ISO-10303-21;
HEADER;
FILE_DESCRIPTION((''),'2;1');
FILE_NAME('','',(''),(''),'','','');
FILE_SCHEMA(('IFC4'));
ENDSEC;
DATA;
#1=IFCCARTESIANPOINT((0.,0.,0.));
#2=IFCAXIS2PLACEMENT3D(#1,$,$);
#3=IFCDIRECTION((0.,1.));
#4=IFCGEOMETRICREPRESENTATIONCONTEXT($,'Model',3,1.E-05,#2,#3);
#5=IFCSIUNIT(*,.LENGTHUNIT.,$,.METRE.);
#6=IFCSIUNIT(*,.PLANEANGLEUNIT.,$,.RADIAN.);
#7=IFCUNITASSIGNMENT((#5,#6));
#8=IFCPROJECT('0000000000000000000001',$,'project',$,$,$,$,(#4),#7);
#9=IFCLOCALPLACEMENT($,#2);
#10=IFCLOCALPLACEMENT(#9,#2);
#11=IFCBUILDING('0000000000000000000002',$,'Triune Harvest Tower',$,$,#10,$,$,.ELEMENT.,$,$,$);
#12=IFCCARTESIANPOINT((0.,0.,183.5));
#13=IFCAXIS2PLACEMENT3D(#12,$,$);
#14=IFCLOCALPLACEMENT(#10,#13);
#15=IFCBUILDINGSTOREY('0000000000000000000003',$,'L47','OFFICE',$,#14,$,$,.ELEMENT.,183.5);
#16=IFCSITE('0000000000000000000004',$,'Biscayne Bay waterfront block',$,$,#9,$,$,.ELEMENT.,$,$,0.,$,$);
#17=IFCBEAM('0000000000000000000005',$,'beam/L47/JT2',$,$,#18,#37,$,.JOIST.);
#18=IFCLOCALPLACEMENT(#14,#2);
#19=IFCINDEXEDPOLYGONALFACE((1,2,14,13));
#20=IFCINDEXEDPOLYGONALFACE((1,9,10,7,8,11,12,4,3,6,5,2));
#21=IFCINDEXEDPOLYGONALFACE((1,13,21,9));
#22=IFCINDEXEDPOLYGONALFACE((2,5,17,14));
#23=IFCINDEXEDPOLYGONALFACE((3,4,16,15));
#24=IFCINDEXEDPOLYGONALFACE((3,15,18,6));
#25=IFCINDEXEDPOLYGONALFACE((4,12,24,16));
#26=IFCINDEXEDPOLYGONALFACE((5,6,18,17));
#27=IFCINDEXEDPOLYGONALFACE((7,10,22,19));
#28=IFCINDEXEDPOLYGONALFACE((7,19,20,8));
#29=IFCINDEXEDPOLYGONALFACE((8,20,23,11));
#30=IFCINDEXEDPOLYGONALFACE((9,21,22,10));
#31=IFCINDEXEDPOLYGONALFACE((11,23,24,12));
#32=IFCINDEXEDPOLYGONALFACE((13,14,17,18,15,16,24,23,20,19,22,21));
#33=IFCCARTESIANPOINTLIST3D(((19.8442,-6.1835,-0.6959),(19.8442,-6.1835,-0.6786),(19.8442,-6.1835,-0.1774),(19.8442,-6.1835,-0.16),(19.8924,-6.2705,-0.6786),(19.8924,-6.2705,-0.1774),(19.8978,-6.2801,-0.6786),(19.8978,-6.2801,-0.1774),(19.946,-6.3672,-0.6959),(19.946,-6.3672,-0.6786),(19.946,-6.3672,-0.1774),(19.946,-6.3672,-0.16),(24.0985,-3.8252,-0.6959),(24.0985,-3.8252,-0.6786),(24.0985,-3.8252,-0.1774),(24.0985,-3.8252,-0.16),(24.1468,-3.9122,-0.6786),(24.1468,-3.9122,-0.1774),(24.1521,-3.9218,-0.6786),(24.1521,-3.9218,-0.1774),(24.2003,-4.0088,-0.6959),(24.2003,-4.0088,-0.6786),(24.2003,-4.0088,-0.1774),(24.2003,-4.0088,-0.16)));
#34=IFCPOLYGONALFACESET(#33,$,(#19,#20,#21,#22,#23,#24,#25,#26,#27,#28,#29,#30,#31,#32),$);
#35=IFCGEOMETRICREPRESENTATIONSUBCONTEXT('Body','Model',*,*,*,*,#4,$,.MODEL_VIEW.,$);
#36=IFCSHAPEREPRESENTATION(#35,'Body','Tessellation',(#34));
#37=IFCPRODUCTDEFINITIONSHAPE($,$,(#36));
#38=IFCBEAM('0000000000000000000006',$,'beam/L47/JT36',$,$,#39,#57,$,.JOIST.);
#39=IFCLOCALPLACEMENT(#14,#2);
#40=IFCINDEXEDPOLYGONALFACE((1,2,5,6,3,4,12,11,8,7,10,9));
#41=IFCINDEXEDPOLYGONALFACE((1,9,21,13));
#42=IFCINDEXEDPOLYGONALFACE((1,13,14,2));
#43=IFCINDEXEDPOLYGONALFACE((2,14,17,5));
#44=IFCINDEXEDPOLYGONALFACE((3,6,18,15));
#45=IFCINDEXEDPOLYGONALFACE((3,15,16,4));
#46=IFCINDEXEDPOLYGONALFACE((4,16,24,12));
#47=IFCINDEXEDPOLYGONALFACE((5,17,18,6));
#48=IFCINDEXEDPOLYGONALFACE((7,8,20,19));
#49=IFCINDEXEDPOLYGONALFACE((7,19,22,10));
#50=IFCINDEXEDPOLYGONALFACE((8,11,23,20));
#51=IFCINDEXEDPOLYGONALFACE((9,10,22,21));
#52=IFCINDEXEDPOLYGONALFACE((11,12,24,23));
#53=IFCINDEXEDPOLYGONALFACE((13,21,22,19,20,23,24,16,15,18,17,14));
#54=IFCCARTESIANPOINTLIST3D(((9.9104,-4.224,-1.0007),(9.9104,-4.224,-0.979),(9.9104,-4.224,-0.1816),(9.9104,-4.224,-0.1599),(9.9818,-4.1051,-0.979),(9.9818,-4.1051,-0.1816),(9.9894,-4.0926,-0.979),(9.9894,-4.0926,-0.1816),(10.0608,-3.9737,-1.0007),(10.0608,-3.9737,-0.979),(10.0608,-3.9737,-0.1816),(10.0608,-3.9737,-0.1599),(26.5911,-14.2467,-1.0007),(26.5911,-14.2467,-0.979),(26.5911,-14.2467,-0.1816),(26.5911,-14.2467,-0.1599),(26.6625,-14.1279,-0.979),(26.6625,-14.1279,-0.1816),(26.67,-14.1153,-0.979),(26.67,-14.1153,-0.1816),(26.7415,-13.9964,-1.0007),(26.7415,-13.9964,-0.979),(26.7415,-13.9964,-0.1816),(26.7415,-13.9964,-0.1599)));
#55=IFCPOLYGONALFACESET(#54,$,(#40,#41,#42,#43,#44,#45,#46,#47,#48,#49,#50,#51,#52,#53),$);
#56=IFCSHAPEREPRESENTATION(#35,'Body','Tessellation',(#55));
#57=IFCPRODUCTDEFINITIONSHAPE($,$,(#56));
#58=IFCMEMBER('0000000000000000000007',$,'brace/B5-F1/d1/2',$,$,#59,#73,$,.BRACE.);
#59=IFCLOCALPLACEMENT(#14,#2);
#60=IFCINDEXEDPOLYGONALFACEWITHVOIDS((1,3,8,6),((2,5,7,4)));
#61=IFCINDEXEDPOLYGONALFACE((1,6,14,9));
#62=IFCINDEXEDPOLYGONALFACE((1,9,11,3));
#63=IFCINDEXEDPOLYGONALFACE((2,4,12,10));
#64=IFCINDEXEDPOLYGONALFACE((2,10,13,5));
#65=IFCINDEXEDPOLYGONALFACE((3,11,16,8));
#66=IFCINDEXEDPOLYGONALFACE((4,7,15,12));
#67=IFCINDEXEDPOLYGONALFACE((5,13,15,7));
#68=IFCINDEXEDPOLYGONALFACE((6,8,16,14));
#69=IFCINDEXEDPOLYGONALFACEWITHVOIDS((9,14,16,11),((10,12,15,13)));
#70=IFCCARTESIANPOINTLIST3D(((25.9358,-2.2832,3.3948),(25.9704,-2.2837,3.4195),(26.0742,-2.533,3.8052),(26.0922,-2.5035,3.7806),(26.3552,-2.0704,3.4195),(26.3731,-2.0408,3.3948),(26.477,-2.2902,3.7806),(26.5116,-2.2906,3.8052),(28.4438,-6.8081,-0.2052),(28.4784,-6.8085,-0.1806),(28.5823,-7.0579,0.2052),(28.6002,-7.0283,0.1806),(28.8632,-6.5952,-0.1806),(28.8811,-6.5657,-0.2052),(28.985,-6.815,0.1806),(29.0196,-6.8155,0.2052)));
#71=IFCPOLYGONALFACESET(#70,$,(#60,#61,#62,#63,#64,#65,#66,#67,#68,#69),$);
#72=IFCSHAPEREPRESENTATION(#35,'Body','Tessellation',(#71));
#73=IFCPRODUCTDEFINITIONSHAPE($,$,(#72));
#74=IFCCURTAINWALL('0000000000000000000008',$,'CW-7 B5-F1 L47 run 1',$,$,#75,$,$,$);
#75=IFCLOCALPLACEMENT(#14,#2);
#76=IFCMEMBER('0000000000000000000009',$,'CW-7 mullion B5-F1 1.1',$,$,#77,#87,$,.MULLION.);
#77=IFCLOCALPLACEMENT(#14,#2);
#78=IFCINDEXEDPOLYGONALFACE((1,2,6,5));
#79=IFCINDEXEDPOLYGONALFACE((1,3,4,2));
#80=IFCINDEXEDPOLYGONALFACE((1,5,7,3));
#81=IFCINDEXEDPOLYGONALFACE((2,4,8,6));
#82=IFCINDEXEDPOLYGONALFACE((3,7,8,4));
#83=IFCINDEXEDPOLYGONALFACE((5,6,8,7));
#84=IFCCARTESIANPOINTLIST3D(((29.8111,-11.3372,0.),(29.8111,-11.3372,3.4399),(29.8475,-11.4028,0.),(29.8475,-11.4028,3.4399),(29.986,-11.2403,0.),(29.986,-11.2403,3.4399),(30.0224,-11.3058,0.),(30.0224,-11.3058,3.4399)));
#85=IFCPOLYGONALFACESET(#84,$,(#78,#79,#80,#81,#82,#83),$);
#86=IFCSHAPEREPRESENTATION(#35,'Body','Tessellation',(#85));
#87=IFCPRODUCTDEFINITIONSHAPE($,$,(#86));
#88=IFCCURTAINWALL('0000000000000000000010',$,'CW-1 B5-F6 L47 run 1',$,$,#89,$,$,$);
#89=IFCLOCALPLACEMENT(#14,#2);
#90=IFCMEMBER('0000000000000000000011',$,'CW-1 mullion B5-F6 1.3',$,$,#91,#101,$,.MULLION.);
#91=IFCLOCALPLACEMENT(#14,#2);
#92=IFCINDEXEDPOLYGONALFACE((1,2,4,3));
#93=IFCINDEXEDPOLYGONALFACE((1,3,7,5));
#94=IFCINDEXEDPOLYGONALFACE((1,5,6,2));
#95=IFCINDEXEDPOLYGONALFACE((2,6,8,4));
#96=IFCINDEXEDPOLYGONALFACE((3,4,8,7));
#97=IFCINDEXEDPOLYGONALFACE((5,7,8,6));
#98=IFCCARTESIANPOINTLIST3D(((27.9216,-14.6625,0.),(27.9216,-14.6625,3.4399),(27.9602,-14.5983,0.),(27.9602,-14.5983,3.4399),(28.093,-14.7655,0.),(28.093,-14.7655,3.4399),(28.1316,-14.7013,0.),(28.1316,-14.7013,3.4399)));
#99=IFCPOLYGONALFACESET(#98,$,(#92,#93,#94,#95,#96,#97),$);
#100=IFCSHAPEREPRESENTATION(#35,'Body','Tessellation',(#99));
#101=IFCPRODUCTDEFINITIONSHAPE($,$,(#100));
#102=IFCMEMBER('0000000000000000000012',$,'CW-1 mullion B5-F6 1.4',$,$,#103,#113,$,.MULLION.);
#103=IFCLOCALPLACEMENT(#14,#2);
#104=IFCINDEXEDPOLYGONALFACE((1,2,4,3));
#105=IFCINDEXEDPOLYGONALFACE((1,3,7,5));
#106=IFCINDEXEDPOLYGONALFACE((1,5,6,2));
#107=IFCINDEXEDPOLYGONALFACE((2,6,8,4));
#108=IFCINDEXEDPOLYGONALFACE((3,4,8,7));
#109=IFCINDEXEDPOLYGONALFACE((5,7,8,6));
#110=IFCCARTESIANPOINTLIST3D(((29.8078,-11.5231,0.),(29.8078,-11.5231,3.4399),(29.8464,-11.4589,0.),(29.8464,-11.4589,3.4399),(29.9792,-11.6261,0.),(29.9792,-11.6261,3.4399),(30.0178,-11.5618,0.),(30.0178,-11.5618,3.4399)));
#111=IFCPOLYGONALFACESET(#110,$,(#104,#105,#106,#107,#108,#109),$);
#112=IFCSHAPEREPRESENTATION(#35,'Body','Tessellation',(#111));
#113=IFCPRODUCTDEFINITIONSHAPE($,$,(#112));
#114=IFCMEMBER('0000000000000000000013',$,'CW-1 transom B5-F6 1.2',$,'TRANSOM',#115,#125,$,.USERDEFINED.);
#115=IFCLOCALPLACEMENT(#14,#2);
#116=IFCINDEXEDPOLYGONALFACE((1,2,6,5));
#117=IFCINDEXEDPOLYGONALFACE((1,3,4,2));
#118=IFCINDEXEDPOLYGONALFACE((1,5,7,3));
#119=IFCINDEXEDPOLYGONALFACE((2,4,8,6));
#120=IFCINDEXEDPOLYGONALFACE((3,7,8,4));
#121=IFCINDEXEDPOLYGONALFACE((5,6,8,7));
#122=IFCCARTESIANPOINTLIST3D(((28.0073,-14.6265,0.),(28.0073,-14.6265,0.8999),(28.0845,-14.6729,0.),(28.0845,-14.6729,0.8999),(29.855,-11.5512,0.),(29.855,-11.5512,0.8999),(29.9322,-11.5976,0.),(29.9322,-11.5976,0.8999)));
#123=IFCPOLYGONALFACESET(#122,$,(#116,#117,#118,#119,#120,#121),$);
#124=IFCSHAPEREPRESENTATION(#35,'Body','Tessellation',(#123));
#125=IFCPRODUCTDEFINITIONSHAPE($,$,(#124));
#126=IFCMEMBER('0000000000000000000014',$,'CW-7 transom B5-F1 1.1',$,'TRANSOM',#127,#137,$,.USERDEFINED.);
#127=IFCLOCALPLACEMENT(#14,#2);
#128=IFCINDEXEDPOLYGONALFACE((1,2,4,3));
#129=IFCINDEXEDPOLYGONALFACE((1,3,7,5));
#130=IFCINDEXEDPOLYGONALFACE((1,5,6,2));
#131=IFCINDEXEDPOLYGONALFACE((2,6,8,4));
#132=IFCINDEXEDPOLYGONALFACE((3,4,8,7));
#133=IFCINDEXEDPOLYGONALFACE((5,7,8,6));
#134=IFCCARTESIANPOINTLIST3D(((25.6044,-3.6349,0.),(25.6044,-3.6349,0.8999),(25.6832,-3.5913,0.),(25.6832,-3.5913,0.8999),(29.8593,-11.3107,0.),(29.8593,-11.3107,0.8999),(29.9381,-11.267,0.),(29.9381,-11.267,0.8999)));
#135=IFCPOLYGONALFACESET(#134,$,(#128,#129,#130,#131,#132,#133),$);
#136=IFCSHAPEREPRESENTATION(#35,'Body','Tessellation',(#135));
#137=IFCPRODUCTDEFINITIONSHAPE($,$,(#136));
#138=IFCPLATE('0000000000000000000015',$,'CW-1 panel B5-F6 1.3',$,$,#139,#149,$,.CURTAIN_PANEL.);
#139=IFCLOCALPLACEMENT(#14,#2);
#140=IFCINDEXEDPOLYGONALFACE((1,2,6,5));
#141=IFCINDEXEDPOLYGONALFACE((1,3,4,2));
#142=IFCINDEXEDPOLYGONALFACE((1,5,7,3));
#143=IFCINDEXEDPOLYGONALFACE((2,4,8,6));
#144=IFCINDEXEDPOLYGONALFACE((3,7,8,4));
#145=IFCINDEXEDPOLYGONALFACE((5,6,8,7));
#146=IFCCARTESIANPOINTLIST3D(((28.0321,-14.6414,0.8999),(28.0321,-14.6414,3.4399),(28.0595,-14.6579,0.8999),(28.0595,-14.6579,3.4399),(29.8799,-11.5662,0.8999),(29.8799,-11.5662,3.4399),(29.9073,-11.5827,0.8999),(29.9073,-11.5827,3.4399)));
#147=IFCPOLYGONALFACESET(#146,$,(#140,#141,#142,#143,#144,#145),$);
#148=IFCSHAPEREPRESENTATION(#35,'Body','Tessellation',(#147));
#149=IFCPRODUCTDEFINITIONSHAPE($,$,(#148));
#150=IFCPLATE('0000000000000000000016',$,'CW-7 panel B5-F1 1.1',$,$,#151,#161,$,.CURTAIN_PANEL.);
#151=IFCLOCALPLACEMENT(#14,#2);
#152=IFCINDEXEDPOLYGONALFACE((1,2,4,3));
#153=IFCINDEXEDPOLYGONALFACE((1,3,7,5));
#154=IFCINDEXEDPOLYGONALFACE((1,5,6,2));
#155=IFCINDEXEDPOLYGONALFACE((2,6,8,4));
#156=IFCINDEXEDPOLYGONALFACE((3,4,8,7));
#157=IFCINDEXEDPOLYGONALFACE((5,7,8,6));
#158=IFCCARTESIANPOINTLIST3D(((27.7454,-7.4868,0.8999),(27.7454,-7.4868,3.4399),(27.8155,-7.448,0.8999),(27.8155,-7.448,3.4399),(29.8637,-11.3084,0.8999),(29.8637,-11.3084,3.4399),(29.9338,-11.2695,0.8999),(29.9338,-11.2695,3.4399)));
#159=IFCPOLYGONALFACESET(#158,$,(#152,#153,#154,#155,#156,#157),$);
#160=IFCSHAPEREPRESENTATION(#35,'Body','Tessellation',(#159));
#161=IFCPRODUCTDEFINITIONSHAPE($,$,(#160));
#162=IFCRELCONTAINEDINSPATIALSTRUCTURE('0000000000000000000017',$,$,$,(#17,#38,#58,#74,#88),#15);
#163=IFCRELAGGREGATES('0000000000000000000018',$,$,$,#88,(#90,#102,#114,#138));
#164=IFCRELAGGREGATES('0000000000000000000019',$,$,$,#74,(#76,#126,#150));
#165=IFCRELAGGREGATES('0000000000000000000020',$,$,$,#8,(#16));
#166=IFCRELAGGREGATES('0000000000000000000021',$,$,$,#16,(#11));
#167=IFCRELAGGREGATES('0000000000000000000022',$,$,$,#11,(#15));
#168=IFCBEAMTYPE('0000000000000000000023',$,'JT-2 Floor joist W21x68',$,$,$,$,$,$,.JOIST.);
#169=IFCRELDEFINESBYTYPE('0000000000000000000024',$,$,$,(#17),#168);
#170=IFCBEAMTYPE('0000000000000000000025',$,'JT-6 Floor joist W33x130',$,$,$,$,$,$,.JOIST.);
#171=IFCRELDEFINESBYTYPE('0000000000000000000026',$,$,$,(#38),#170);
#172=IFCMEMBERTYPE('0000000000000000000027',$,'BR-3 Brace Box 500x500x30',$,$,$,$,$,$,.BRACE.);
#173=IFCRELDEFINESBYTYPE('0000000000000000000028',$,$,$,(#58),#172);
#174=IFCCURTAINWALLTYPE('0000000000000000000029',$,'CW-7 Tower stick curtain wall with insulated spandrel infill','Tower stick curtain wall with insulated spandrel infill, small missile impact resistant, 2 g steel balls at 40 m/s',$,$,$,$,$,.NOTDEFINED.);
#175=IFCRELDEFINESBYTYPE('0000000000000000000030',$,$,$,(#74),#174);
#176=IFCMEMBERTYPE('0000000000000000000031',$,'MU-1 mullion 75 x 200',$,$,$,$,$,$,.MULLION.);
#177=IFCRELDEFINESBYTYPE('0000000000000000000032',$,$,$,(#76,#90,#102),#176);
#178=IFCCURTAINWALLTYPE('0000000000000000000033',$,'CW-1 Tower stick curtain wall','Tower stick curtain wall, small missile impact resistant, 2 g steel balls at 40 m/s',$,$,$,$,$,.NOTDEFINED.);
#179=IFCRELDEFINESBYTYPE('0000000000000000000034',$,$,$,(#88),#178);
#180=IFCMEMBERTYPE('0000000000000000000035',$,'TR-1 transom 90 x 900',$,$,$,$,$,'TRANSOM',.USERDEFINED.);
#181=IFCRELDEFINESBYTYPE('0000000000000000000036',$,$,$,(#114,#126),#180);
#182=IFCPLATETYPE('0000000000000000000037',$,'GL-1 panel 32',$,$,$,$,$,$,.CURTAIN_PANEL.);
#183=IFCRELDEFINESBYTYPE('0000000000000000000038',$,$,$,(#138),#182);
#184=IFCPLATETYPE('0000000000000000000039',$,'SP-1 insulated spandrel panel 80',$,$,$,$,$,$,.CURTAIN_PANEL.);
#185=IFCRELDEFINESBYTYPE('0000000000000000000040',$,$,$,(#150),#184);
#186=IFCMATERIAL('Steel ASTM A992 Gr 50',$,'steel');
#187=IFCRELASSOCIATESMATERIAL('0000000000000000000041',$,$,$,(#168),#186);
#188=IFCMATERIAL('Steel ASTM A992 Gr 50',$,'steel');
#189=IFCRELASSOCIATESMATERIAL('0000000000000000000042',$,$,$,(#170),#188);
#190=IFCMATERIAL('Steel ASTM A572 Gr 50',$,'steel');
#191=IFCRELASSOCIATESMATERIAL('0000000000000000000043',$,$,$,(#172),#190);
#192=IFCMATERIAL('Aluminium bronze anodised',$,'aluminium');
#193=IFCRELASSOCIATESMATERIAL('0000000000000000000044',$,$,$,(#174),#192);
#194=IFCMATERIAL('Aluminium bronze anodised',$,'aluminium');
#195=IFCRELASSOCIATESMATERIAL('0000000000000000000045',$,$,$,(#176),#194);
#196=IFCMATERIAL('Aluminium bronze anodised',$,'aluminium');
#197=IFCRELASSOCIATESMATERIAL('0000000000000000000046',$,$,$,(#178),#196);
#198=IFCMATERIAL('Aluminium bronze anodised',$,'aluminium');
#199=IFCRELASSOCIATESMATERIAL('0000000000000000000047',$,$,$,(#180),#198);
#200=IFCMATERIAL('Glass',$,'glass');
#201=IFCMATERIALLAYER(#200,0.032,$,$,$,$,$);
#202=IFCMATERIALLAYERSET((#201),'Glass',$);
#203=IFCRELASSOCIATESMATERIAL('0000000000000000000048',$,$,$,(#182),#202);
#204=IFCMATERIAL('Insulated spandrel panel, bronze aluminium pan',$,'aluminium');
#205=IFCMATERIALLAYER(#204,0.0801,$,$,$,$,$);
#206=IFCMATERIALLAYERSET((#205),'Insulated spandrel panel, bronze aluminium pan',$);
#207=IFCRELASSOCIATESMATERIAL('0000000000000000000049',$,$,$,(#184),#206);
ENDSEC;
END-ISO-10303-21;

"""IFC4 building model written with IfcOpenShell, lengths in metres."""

from ifc_helpers import new_model, si_unit, direction, frame, origin, origin_2d, place, context, subcontext, project, spatial, rectangle, hollow_rectangle, i_section, extrude, source, transform, mapped, material, layer, layer_set, material_profile, profile_set, type_object, element, aggregate, save


model = new_model("IFC4")

# Units and contexts
model_context = context("Model", 3, precision=1e-05, world=origin(), true_north=direction((0.0, 1.0)))
body_context = subcontext(model_context, "Body", "Model", "MODEL_VIEW")
ifc_project = project(units=[si_unit("LENGTHUNIT", "METRE"), si_unit("PLANEANGLEUNIT", "RADIAN")], contexts=[model_context])

# Site, building, storey
site_placement = place(None, origin())
site = spatial("IfcSite", under=ifc_project, at=site_placement, Name="Biscayne Bay waterfront block", CompositionType="ELEMENT", RefElevation=0.0)
building_placement = place(site_placement, origin())
building = spatial("IfcBuilding", under=site, at=building_placement, Name="Triune Harvest Tower", CompositionType="ELEMENT")
storey_placement = place(building_placement, frame((0.0, 0.0, 183.5)))
storey = spatial("IfcBuildingStorey", under=building, at=storey_placement, Name="L47", Description="OFFICE", CompositionType="ELEMENT", Elevation=183.5)

# Beams
ifc_material_1 = material(Name="Steel ASTM A992 Gr 50", Category="steel")
ifc_material_profile_1 = material_profile(ifc_material_1, i_section(OverallWidth=0.21, OverallDepth=0.5359, WebThickness=0.011, FlangeThickness=0.0173, at=origin_2d()), Name="W21x68")
ifc_profile_set_1 = profile_set([ifc_material_profile_1], Name="Steel ASTM A992 Gr 50")
beam_type_1 = type_object("IfcBeamType", Name="JT-2 Floor joist W21x68", PredefinedType="JOIST", material=ifc_profile_set_1)
shared_shape_1 = source(origin(), body_context, "Body", "SweptSolid", [
    extrude(i_section(OverallWidth=0.21, OverallDepth=0.5359, WebThickness=0.011, FlangeThickness=0.0173, at=origin_2d()), origin(), (0.0, 0.0, 1.0), 4.8643),
])
beam_1_placement = place(storey_placement, frame((24.1494, -3.917, -0.428), z_axis=(-0.874607, -0.484833, 0.0), x_axis=(0.484833, -0.874607, 0.0)))
element("IfcBeam", 1, at=beam_1_placement, inside=storey, type_object=beam_type_1, Name="beam/L47/JT2", PredefinedType="JOIST", context=body_context, shape_type="MappedRepresentation", body=[
    mapped(shared_shape_1, transform((0.0, 0.0, 0.0), scale=1.0)),
])
ifc_material_2 = material(Name="Steel ASTM A992 Gr 50", Category="steel")
ifc_material_profile_2 = material_profile(ifc_material_2, i_section(OverallWidth=0.292, OverallDepth=0.8408, WebThickness=0.0146, FlangeThickness=0.0217, at=origin_2d()), Name="W33x130")
ifc_profile_set_2 = profile_set([ifc_material_profile_2], Name="Steel ASTM A992 Gr 50")
beam_type_2 = type_object("IfcBeamType", Name="JT-6 Floor joist W33x130", PredefinedType="JOIST", material=ifc_profile_set_2)
shared_shape_2 = source(origin(), body_context, "Body", "SweptSolid", [
    extrude(i_section(OverallWidth=0.292, OverallDepth=0.8408, WebThickness=0.0146, FlangeThickness=0.0217, at=origin_2d()), origin(), (0.0, 0.0, 1.0), 19.4602),
])
beam_2_placement = place(storey_placement, frame((26.6663, -14.1216, -0.5803), z_axis=(-0.857168, 0.515036, 0.0), x_axis=(-0.515036, -0.857168, 0.0)))
element("IfcBeam", 2, at=beam_2_placement, inside=storey, type_object=beam_type_2, Name="beam/L47/JT36", PredefinedType="JOIST", context=body_context, shape_type="MappedRepresentation", body=[
    mapped(shared_shape_2, transform((0.0, 0.0, 0.0), scale=1.0)),
])

# Member
ifc_material_3 = material(Name="Steel ASTM A572 Gr 50", Category="steel")
ifc_material_profile_3 = material_profile(ifc_material_3, hollow_rectangle(XDim=0.5, YDim=0.5, WallThickness=0.03, at=origin_2d()), Name="Box 500x500x30")
ifc_profile_set_3 = profile_set([ifc_material_profile_3], Name="Steel ASTM A572 Gr 50")
member_type_1 = type_object("IfcMemberType", Name="BR-3 Brace Box 500x500x30", PredefinedType="BRACE", material=ifc_profile_set_3)
shared_shape_3 = source(origin(), body_context, "Body", "SweptSolid", [
    extrude(hollow_rectangle(XDim=0.5, YDim=0.5, WallThickness=0.03, at=origin_2d()), origin(), (0.0, 0.0, 1.0), 6.3027),
])
member_1_placement = place(storey_placement, frame((28.7317, -6.8118, 0.0), z_axis=(-0.397925, 0.717915, 0.571187), x_axis=(-0.874631, -0.484789, 0.0)))
element("IfcMember", 3, at=member_1_placement, inside=storey, type_object=member_type_1, Name="brace/B5-F1/d1/2", PredefinedType="BRACE", context=body_context, shape_type="MappedRepresentation", body=[
    mapped(shared_shape_3, transform((0.0, 0.0, 0.0), scale=1.0)),
])

# Curtain wall, member
ifc_material_4 = material(Name="Aluminium bronze anodised", Category="aluminium")
curtain_wall_type_1 = type_object("IfcCurtainWallType", Name="CW-7 Tower stick curtain wall with insulated spandrel infill", Description="Tower stick curtain wall with insulated spandrel infill, small missile impact resistant, 2 g steel balls at 40 m/s", PredefinedType="NOTDEFINED", material=ifc_material_4)
curtain_wall_1_placement = place(storey_placement, origin())
curtain_wall_1 = element("IfcCurtainWall", 4, at=curtain_wall_1_placement, inside=storey, type_object=curtain_wall_type_1, Name="CW-7 B5-F1 L47 run 1")
ifc_material_5 = material(Name="Aluminium bronze anodised", Category="aluminium")
ifc_material_profile_4 = material_profile(ifc_material_5, rectangle(XDim=0.2, YDim=0.075, at=origin_2d()), Name="MU-1 mullion 75 x 200")
ifc_profile_set_4 = profile_set([ifc_material_profile_4], Name="Aluminium bronze anodised")
member_type_2 = type_object("IfcMemberType", Name="MU-1 mullion 75 x 200", PredefinedType="MULLION", material=ifc_profile_set_4)
shared_shape_4 = source(origin(), body_context, "Body", "SweptSolid", [
    extrude(rectangle(XDim=0.2, YDim=0.075, at=origin_2d()), origin(), (0.0, 0.0, 1.0), 3.4399),
])
member_2_placement = place(storey_placement, frame((29.9167, -11.3215, 0.0), z_axis=(0.0, 0.0, 1.0), x_axis=(-0.87462, -0.484808, 0.0)))
member_2 = element("IfcMember", 5, at=member_2_placement, type_object=member_type_2, Name="CW-7 mullion B5-F1 1.1", PredefinedType="MULLION", context=body_context, shape_type="MappedRepresentation", body=[
    mapped(shared_shape_4, transform((0.0, 0.0, 0.0), scale=1.0)),
])

# Curtain wall, members
ifc_material_6 = material(Name="Aluminium bronze anodised", Category="aluminium")
curtain_wall_type_2 = type_object("IfcCurtainWallType", Name="CW-1 Tower stick curtain wall", Description="Tower stick curtain wall, small missile impact resistant, 2 g steel balls at 40 m/s", PredefinedType="NOTDEFINED", material=ifc_material_6)
curtain_wall_2_placement = place(storey_placement, origin())
curtain_wall_2 = element("IfcCurtainWall", 6, at=curtain_wall_2_placement, inside=storey, type_object=curtain_wall_type_2, Name="CW-1 B5-F6 L47 run 1")
member_3_placement = place(storey_placement, frame((28.0266, -14.6819, 0.0), z_axis=(0.0, 0.0, 1.0), x_axis=(-0.857168, 0.515037, 0.0)))
member_3 = element("IfcMember", 7, at=member_3_placement, type_object=member_type_2, Name="CW-1 mullion B5-F6 1.3", PredefinedType="MULLION", context=body_context, shape_type="MappedRepresentation", body=[
    mapped(shared_shape_4, transform((0.0, 0.0, 0.0), scale=1.0)),
])
member_4_placement = place(storey_placement, frame((29.9128, -11.5425, 0.0), z_axis=(0.0, 0.0, 1.0), x_axis=(-0.857168, 0.515037, 0.0)))
member_4 = element("IfcMember", 8, at=member_4_placement, type_object=member_type_2, Name="CW-1 mullion B5-F6 1.4", PredefinedType="MULLION", context=body_context, shape_type="MappedRepresentation", body=[
    mapped(shared_shape_4, transform((0.0, 0.0, 0.0), scale=1.0)),
])
ifc_material_7 = material(Name="Aluminium bronze anodised", Category="aluminium")
ifc_material_profile_5 = material_profile(ifc_material_7, rectangle(XDim=0.0901, YDim=0.8999, at=origin_2d()), Name="TR-1 transom 90 x 900")
ifc_profile_set_5 = profile_set([ifc_material_profile_5], Name="Aluminium bronze anodised")
member_type_3 = type_object("IfcMemberType", Name="TR-1 transom 90 x 900", ElementType="TRANSOM", PredefinedType="USERDEFINED", material=ifc_profile_set_5)
shared_shape_5 = source(origin(), body_context, "Body", "SweptSolid", [
    extrude(rectangle(XDim=0.0901, YDim=0.8999, at=origin_2d()), origin(), (0.0, 0.0, 1.0), 3.5876),
])
member_5_placement = place(storey_placement, frame((28.0459, -14.6497, 0.45), z_axis=(0.515016, 0.857181, 0.0), x_axis=(-0.857181, 0.515016, 0.0)))
member_5 = element("IfcMember", 9, at=member_5_placement, type_object=member_type_3, Name="CW-1 transom B5-F6 1.2", ObjectType="TRANSOM", PredefinedType="USERDEFINED", context=body_context, shape_type="MappedRepresentation", body=[
    mapped(shared_shape_5, transform((0.0, 0.0, 0.0), scale=1.0)),
])

# Member
shared_shape_6 = source(origin(), body_context, "Body", "SweptSolid", [
    extrude(rectangle(XDim=0.0901, YDim=0.8999, at=origin_2d()), origin(), (0.0, 0.0, 1.0), 8.7761),
])
member_6_placement = place(storey_placement, frame((29.8987, -11.2888, 0.45), z_axis=(-0.484821, 0.874614, 0.0), x_axis=(-0.874614, -0.484821, 0.0)))
member_6 = element("IfcMember", 10, at=member_6_placement, type_object=member_type_3, Name="CW-7 transom B5-F1 1.1", ObjectType="TRANSOM", PredefinedType="USERDEFINED", context=body_context, shape_type="MappedRepresentation", body=[
    mapped(shared_shape_6, transform((0.0, 0.0, 0.0), scale=1.0)),
])

# Plates
ifc_material_8 = material(Name="Glass", Category="glass")
ifc_layer_1 = layer(ifc_material_8, 0.032)
ifc_layer_set_1 = layer_set([ifc_layer_1], Name="Glass")
plate_type_1 = type_object("IfcPlateType", Name="GL-1 panel 32", PredefinedType="CURTAIN_PANEL", material=ifc_layer_set_1)
shared_shape_7 = source(origin(), body_context, "Body", "SweptSolid", [
    extrude(rectangle(XDim=3.5876, YDim=0.032, at=origin_2d()), origin(), (0.0, 0.0, 1.0), 2.54),
])
plate_1_placement = place(storey_placement, frame((28.9697, -13.1121, 0.8999), z_axis=(0.0, 0.0, 1.0), x_axis=(0.515037, 0.857168, 0.0)))
plate_1 = element("IfcPlate", 11, at=plate_1_placement, type_object=plate_type_1, Name="CW-1 panel B5-F6 1.3", PredefinedType="CURTAIN_PANEL", context=body_context, shape_type="MappedRepresentation", body=[
    mapped(shared_shape_7, transform((0.0, 0.0, 0.0), scale=1.0)),
])
aggregate(curtain_wall_2, [member_3, member_4, member_5, plate_1])
ifc_material_9 = material(Name="Insulated spandrel panel, bronze aluminium pan", Category="aluminium")
ifc_layer_2 = layer(ifc_material_9, 0.0801)
ifc_layer_set_2 = layer_set([ifc_layer_2], Name="Insulated spandrel panel, bronze aluminium pan")
plate_type_2 = type_object("IfcPlateType", Name="SP-1 insulated spandrel panel 80", PredefinedType="CURTAIN_PANEL", material=ifc_layer_set_2)
shared_shape_8 = source(origin(), body_context, "Body", "SweptSolid", [
    extrude(rectangle(XDim=4.3694, YDim=0.0801, at=origin_2d()), origin(), (0.0, 0.0, 1.0), 2.54),
])
plate_2_placement = place(storey_placement, frame((28.8396, -9.3782, 0.8999), z_axis=(0.0, 0.0, 1.0), x_axis=(-0.484808, 0.87462, 0.0)))
plate_2 = element("IfcPlate", 12, at=plate_2_placement, type_object=plate_type_2, Name="CW-7 panel B5-F1 1.1", PredefinedType="CURTAIN_PANEL", context=body_context, shape_type="MappedRepresentation", body=[
    mapped(shared_shape_8, transform((0.0, 0.0, 0.0), scale=1.0)),
])
aggregate(curtain_wall_1, [member_2, member_6, plate_2])

save(model, "model.ifc")
